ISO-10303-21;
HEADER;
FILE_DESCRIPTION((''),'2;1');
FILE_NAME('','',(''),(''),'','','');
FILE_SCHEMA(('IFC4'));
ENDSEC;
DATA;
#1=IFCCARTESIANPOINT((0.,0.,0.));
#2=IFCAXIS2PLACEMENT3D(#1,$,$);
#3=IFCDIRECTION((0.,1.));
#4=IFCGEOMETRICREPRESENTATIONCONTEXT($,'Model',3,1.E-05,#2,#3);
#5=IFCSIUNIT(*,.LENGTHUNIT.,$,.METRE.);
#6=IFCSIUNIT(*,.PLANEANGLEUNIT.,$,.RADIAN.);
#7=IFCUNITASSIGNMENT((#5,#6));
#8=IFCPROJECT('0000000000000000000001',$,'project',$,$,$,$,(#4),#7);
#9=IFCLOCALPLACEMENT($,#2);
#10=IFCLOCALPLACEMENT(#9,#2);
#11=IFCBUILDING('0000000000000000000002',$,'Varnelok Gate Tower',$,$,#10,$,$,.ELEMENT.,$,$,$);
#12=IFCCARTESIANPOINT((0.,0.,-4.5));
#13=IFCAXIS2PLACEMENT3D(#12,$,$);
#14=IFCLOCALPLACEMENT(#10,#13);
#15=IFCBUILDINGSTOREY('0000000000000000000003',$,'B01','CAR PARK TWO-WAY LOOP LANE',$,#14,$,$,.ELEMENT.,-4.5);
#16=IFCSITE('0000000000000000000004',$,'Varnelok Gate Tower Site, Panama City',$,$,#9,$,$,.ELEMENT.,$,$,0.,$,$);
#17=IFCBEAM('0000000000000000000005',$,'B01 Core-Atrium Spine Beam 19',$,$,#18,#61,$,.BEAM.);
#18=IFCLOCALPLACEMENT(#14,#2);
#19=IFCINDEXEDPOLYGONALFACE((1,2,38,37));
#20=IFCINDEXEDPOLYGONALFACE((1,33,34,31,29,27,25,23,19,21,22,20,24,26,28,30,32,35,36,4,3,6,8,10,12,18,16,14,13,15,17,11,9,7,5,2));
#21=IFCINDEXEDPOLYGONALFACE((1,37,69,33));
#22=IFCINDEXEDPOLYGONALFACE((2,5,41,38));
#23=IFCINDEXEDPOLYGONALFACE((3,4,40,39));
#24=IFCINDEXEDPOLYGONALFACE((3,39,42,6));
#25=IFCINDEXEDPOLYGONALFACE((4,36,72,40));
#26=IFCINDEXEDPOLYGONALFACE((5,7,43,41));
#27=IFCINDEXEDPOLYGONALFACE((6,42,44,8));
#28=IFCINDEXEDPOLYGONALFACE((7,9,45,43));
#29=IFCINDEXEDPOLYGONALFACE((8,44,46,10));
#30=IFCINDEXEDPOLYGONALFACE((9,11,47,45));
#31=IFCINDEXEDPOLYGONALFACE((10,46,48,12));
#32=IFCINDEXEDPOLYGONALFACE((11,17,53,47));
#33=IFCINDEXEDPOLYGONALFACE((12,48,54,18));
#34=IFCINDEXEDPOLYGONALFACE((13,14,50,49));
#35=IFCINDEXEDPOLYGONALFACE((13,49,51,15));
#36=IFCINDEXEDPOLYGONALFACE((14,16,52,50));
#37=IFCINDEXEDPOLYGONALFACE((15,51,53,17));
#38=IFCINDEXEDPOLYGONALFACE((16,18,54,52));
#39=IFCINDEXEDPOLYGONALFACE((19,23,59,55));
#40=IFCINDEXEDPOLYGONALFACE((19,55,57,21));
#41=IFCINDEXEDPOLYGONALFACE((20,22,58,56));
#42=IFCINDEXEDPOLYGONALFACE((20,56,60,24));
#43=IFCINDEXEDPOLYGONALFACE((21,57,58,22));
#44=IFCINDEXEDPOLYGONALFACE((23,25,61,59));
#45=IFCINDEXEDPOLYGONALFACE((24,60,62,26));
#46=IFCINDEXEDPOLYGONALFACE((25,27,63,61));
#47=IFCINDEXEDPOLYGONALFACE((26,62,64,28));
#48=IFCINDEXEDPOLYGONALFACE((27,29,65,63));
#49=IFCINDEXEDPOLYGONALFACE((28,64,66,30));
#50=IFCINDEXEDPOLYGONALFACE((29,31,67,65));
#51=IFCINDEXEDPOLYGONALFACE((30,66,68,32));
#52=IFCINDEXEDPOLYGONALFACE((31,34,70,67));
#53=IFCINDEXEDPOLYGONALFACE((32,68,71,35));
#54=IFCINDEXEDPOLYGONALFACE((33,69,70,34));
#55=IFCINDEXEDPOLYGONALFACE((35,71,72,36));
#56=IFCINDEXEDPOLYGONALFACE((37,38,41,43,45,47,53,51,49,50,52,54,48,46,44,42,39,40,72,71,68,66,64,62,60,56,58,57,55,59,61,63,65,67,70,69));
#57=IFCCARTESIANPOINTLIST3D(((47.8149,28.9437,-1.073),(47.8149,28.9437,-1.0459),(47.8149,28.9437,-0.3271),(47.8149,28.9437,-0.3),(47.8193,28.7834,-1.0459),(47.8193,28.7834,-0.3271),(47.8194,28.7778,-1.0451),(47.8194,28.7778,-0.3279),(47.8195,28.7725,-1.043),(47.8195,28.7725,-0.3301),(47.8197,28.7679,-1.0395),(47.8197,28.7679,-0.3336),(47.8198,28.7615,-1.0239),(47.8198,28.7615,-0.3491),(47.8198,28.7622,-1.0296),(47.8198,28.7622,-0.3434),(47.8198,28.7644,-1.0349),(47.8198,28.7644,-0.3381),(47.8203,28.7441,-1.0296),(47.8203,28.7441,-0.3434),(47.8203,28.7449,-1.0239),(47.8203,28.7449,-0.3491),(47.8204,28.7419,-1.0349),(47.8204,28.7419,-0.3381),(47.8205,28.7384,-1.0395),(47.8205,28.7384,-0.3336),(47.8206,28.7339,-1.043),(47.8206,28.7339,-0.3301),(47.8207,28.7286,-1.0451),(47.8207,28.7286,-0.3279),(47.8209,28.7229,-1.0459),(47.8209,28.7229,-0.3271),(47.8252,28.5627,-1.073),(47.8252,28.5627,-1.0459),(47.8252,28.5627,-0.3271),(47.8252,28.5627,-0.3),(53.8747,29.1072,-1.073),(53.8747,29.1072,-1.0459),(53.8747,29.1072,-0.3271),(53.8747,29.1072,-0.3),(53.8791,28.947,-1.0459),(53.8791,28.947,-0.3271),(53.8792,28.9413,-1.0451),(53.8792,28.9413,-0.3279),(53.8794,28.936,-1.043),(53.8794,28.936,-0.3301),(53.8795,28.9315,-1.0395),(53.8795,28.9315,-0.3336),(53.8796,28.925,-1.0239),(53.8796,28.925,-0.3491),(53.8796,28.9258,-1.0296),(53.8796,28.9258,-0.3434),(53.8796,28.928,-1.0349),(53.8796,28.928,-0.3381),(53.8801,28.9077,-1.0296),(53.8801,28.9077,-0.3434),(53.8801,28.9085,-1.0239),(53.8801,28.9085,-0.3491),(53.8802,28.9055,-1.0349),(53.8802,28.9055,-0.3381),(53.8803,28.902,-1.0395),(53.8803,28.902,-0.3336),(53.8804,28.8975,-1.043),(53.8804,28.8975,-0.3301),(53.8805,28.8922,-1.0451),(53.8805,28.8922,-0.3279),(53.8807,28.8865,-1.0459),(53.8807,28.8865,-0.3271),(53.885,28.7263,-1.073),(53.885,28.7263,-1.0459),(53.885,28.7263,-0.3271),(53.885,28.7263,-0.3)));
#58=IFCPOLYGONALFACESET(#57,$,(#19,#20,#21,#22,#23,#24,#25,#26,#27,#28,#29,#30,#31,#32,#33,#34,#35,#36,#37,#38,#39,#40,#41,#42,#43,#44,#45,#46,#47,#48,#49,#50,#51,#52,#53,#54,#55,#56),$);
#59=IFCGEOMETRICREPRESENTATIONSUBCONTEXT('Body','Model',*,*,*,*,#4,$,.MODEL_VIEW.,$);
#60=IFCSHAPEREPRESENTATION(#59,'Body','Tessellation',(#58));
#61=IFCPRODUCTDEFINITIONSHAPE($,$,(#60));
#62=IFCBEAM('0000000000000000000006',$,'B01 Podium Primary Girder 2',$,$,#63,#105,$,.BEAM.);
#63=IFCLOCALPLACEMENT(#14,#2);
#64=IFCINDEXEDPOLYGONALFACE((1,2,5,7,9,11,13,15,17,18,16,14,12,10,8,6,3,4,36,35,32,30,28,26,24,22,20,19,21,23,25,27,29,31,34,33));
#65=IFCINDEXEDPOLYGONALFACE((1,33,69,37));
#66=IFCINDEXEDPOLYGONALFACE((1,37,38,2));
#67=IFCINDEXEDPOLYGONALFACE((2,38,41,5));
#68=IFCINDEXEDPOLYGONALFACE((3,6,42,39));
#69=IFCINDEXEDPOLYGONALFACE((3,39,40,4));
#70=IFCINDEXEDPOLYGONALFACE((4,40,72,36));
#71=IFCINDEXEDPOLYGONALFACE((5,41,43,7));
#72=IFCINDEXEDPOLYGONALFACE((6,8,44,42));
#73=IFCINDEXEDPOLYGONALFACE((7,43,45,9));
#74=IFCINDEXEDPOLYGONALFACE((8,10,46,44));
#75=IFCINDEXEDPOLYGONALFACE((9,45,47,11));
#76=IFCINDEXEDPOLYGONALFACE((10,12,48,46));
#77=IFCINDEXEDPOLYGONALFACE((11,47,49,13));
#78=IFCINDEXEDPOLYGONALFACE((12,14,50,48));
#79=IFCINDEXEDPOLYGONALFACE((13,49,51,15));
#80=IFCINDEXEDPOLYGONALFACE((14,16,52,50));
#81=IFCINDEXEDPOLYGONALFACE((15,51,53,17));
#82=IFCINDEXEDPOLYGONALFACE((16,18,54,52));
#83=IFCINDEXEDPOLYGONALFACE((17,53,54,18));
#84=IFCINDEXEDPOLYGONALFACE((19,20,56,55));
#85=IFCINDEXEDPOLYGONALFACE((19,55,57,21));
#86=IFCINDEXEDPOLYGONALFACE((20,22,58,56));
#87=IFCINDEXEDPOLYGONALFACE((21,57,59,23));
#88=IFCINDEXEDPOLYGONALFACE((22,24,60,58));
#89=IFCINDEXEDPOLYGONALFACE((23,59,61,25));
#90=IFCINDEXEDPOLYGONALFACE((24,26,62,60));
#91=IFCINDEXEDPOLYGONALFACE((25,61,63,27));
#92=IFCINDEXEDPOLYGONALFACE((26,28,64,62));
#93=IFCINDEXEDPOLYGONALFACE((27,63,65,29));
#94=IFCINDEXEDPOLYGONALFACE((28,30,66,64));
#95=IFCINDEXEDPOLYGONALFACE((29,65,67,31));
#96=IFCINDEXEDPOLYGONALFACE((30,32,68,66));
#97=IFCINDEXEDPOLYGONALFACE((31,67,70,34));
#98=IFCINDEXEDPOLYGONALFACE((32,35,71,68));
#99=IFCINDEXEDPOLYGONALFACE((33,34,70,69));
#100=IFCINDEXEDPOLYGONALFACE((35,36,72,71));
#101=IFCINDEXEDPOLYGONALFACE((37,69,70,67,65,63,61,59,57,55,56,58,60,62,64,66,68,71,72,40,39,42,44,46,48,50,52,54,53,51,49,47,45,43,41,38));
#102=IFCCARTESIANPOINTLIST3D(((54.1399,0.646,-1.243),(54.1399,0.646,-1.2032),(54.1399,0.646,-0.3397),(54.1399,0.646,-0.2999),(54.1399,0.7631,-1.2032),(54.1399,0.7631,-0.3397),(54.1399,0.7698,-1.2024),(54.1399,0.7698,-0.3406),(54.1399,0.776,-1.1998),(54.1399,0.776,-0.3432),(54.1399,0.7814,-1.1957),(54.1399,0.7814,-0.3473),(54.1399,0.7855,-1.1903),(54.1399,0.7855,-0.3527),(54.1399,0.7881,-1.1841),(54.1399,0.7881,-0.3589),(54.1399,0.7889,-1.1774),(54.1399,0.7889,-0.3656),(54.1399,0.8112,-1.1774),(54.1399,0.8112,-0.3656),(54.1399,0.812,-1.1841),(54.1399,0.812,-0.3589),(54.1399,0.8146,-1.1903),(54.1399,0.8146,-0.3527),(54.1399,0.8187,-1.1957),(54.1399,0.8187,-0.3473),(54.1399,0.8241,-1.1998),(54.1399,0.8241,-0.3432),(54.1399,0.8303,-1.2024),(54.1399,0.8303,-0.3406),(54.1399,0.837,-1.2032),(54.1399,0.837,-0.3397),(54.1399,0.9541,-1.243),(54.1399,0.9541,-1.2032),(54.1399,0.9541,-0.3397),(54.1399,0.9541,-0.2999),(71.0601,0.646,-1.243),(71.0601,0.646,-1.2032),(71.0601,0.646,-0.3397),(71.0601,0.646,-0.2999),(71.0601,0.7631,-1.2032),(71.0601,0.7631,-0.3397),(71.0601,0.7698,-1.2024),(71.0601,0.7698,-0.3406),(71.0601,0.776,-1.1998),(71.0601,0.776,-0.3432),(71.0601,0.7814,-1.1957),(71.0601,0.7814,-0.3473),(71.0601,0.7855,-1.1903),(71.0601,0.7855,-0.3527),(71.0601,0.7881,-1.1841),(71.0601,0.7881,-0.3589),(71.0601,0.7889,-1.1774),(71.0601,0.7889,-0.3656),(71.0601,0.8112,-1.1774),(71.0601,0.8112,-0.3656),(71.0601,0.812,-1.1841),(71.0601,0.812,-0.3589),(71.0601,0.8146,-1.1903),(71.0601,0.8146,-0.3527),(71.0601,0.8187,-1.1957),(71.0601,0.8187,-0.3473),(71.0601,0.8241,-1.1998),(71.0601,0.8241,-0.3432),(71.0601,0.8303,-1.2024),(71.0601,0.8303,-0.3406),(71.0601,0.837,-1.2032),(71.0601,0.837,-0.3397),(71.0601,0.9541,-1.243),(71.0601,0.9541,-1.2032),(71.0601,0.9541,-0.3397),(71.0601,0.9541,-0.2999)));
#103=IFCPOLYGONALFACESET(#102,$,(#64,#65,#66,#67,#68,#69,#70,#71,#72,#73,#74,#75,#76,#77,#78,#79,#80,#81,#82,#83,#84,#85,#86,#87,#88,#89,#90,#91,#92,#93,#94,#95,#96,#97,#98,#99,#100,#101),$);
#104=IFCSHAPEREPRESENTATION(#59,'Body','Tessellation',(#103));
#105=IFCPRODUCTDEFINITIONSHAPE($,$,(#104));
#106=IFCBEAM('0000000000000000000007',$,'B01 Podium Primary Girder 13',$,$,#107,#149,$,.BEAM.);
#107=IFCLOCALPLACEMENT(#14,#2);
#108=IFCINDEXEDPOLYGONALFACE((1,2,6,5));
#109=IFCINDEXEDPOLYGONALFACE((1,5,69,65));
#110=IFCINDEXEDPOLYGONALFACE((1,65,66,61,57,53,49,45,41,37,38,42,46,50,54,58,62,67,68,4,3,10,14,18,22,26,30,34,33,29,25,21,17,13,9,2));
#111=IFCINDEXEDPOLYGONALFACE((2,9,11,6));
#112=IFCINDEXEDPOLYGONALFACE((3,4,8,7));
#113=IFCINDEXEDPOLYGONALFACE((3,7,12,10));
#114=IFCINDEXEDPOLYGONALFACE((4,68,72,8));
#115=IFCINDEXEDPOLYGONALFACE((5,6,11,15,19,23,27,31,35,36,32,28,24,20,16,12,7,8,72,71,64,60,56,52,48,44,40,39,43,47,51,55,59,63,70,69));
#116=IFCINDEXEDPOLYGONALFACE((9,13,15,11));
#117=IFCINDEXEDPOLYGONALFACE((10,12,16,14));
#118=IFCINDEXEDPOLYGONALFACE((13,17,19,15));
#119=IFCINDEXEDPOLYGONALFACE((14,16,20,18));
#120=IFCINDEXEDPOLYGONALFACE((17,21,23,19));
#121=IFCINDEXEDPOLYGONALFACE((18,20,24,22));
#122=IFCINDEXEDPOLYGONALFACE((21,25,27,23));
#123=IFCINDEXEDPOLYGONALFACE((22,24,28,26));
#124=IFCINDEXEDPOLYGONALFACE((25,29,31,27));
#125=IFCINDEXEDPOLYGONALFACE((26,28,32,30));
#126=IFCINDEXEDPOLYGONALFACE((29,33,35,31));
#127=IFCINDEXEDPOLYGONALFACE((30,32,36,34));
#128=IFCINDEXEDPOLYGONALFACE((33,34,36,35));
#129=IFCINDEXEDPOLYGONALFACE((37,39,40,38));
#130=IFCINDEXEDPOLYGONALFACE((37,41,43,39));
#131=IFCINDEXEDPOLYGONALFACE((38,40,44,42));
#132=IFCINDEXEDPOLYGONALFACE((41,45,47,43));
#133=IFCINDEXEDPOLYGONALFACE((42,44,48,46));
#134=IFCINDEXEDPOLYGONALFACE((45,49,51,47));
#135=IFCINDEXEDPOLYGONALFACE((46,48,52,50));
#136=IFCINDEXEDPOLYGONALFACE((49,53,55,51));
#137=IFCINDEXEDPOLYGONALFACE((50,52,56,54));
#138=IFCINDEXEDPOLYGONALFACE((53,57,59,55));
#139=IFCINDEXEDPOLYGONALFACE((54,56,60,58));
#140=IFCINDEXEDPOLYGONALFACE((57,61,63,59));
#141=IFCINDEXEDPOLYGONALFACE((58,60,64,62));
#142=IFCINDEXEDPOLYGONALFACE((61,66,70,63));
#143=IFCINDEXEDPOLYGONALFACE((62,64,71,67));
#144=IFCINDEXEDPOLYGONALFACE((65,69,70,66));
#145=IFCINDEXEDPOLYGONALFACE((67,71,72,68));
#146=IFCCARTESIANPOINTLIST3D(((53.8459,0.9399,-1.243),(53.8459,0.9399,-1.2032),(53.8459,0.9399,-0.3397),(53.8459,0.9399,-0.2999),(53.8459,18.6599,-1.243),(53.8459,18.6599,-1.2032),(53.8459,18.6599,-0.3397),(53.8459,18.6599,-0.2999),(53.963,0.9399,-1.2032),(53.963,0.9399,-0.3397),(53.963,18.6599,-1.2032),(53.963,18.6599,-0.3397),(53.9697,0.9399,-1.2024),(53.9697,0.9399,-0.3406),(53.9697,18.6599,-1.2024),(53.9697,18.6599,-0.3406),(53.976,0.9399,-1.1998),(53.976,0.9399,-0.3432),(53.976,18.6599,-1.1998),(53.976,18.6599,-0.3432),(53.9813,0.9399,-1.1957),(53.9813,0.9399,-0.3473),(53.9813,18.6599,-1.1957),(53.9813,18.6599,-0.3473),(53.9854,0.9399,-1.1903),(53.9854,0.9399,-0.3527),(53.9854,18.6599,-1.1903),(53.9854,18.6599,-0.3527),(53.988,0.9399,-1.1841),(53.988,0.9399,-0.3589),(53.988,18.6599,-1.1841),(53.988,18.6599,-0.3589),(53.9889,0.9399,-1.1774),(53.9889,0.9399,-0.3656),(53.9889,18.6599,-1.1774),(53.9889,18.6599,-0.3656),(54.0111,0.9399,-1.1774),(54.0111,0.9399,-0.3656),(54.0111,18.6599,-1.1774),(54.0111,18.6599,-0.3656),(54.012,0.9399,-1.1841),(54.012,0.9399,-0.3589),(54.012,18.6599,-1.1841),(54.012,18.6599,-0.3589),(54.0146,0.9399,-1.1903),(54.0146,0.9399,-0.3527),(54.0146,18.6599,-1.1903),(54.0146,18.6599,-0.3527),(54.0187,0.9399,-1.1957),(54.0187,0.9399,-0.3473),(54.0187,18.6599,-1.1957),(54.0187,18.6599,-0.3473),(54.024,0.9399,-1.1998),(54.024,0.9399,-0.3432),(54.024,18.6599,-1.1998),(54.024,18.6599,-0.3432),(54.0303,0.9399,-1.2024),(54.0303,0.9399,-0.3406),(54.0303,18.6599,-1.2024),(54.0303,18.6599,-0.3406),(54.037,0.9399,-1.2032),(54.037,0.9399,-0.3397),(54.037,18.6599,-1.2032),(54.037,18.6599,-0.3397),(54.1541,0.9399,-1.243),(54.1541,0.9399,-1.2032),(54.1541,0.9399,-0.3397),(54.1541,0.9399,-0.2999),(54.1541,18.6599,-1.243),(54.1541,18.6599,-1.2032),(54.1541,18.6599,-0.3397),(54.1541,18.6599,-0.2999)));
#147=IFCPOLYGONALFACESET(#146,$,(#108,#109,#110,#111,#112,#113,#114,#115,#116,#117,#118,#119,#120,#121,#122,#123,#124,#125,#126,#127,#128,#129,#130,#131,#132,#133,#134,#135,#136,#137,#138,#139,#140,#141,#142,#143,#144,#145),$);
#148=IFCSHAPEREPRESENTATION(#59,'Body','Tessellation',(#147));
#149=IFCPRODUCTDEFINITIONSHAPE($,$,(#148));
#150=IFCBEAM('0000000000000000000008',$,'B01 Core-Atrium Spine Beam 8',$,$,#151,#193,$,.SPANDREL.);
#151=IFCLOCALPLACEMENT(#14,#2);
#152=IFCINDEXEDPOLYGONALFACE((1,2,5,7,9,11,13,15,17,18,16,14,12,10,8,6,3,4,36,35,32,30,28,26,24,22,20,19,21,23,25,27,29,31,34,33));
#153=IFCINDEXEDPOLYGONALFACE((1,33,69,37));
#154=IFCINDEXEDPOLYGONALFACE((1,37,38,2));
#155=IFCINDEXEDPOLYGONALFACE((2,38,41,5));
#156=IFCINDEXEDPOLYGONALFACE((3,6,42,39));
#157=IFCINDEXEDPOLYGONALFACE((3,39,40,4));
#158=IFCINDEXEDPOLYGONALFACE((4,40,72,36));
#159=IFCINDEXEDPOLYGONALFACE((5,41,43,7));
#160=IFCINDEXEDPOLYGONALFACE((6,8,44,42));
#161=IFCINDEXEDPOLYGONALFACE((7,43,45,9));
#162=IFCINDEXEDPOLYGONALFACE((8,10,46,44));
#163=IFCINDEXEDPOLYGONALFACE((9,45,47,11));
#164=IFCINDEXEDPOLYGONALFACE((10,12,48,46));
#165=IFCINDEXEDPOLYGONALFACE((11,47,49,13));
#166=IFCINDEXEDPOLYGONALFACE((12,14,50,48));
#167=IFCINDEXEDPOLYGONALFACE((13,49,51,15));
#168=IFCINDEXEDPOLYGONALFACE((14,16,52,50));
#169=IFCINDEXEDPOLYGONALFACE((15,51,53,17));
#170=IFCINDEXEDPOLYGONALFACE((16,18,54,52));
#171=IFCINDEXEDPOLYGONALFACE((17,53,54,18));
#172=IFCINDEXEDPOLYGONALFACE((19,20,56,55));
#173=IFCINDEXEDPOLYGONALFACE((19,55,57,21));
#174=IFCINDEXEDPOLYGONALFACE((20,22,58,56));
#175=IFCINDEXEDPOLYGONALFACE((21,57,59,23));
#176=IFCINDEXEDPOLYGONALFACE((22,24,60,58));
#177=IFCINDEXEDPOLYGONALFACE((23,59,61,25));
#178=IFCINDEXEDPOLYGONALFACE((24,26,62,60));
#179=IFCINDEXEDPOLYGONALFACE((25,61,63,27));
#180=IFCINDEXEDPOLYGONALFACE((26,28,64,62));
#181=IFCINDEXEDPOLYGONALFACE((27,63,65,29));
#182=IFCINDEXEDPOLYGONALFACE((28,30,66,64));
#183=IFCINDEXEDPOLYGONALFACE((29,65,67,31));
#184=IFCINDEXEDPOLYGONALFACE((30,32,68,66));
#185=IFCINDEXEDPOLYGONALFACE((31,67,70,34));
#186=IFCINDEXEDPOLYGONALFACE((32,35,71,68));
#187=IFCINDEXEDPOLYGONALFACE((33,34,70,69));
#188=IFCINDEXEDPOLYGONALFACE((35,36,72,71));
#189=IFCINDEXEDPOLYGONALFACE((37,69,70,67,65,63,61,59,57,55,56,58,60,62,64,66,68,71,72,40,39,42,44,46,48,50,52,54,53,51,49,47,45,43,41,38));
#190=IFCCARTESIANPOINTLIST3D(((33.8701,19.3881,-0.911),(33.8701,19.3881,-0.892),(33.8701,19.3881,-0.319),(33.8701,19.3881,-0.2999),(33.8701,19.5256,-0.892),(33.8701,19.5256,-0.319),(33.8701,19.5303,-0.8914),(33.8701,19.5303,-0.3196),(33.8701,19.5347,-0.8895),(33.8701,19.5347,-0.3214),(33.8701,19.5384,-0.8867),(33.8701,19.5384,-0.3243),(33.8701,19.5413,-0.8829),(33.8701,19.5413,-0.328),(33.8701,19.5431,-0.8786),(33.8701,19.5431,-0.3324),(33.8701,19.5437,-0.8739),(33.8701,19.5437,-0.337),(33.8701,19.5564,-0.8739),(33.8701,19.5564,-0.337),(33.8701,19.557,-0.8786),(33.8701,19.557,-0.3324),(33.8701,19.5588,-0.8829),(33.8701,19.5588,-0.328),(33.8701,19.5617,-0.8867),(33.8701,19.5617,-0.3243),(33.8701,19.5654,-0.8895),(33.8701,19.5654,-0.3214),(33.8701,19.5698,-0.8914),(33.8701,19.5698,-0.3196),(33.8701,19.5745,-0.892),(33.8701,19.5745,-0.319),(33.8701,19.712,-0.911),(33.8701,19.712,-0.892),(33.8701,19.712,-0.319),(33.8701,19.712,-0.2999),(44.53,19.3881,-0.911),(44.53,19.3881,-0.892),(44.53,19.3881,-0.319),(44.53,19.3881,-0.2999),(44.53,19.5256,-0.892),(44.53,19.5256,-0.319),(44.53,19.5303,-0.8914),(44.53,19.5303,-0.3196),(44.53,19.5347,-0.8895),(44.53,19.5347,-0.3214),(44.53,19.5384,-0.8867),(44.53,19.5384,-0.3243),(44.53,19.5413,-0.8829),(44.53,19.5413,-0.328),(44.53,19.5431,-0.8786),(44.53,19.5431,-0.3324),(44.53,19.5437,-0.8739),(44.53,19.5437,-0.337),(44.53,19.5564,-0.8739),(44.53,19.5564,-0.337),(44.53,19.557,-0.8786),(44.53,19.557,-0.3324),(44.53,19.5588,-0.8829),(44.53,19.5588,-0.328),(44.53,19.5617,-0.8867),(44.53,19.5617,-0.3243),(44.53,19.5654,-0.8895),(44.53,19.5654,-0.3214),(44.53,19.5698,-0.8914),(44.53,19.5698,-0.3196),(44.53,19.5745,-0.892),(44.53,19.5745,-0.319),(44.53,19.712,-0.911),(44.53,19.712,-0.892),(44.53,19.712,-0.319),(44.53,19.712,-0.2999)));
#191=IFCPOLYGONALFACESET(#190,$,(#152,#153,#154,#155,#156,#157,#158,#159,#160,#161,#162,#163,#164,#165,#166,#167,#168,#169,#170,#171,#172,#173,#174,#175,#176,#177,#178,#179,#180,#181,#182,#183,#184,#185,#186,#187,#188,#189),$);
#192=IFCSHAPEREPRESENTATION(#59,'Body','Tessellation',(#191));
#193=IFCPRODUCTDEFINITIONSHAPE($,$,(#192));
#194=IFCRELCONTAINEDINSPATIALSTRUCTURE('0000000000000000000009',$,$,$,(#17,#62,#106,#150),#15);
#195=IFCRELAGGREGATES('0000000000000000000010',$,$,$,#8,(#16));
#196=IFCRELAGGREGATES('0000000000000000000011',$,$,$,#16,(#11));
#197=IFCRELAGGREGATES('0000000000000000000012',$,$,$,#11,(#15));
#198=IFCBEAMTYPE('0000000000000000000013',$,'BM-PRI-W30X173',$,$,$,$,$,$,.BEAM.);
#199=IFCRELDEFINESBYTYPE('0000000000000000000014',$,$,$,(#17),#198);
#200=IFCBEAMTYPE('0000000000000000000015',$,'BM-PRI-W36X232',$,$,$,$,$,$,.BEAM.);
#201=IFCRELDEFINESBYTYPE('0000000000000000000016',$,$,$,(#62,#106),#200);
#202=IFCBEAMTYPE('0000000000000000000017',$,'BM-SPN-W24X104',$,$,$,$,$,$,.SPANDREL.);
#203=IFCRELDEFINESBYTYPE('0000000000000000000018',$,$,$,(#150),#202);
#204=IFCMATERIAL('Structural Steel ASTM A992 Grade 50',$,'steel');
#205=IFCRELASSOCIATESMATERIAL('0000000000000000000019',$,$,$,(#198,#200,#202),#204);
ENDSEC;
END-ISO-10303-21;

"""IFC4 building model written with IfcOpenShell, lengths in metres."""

from ifc_helpers import new_model, si_unit, direction, frame, origin, origin_2d, place, context, subcontext, project, spatial, i_section, extrude, material, material_profile, profile_set, type_object, element, save


model = new_model("IFC4")

# Units and contexts
model_context = context("Model", 3, precision=1e-05, world=origin(), true_north=direction((0.0, 1.0)))
body_context = subcontext(model_context, "Body", "Model", "MODEL_VIEW")
ifc_project = project(units=[si_unit("LENGTHUNIT", "METRE"), si_unit("PLANEANGLEUNIT", "RADIAN")], contexts=[model_context])

# Site, building, storey
site_placement = place(None, origin())
site = spatial("IfcSite", under=ifc_project, at=site_placement, Name="Varnelok Gate Tower Site, Panama City", CompositionType="ELEMENT", RefElevation=0.0)
building_placement = place(site_placement, origin())
building = spatial("IfcBuilding", under=site, at=building_placement, Name="Varnelok Gate Tower", CompositionType="ELEMENT")
storey_placement = place(building_placement, frame((0.0, 0.0, -4.5)))
storey = spatial("IfcBuildingStorey", under=building, at=storey_placement, Name="B01", Description="CAR PARK TWO-WAY LOOP LANE", CompositionType="ELEMENT", Elevation=-4.5)

# Shared definitions
ifc_material_1 = material(Name="Structural Steel ASTM A992 Grade 50", Category="steel")

# Beams
ifc_material_profile_1 = material_profile(ifc_material_1, i_section(OverallWidth=0.3811, OverallDepth=0.7729, WebThickness=0.0166, FlangeThickness=0.0271, FilletRadius=0.022, at=origin_2d()), Name="W30X173")
ifc_profile_set_1 = profile_set([ifc_material_profile_1], Name="Structural Steel ASTM A992 Grade 50")
beam_type_1 = type_object("IfcBeamType", Name="BM-PRI-W30X173", PredefinedType="BEAM", material=ifc_profile_set_1)
beam_1_placement = place(storey_placement, frame((47.8201, 28.7532, -0.6865), z_axis=(0.999636, 0.026983, 0.0), x_axis=(-0.026983, 0.999636, 0.0)))
element("IfcBeam", 1, at=beam_1_placement, inside=storey, type_object=beam_type_1, Name="B01 Core-Atrium Spine Beam 19", PredefinedType="BEAM", context=body_context, shape_type="SweptSolid", body=[
    extrude(i_section(OverallWidth=0.3811, OverallDepth=0.7729, WebThickness=0.0166, FlangeThickness=0.0271, FilletRadius=0.022, at=origin_2d()), origin(), (0.0, 0.0, 1.0), 6.062),
])
ifc_material_profile_2 = material_profile(ifc_material_1, i_section(OverallWidth=0.3081, OverallDepth=0.9431, WebThickness=0.0222, FlangeThickness=0.0398, FilletRadius=0.0259, at=origin_2d()), Name="W36X232")
ifc_profile_set_2 = profile_set([ifc_material_profile_2], Name="Structural Steel ASTM A992 Grade 50")
beam_type_2 = type_object("IfcBeamType", Name="BM-PRI-W36X232", PredefinedType="BEAM", material=ifc_profile_set_2)
beam_2_placement = place(storey_placement, frame((54.1399, 0.8, -0.7715), z_axis=(1.0, 0.0, 0.0), x_axis=(0.0, 1.0, 0.0)))
element("IfcBeam", 2, at=beam_2_placement, inside=storey, type_object=beam_type_2, Name="B01 Podium Primary Girder 2", PredefinedType="BEAM", context=body_context, shape_type="SweptSolid", body=[
    extrude(i_section(OverallWidth=0.3081, OverallDepth=0.9431, WebThickness=0.0222, FlangeThickness=0.0398, FilletRadius=0.0259, at=origin_2d()), origin(), (0.0, 0.0, 1.0), 16.9202),
])
beam_3_placement = place(storey_placement, frame((54.0, 0.9399, -0.7715), z_axis=(0.0, 1.0, 0.0), x_axis=(-1.0, 0.0, 0.0)))
element("IfcBeam", 3, at=beam_3_placement, inside=storey, type_object=beam_type_2, Name="B01 Podium Primary Girder 13", PredefinedType="BEAM", context=body_context, shape_type="SweptSolid", body=[
    extrude(i_section(OverallWidth=0.3081, OverallDepth=0.9431, WebThickness=0.0222, FlangeThickness=0.0398, FilletRadius=0.0259, at=origin_2d()), origin(), (0.0, 0.0, 1.0), 17.72),
])
ifc_material_profile_3 = material_profile(ifc_material_1, i_section(OverallWidth=0.324, OverallDepth=0.6111, WebThickness=0.0127, FlangeThickness=0.019, FilletRadius=0.0181, at=origin_2d()), Name="W24X104")
ifc_profile_set_3 = profile_set([ifc_material_profile_3], Name="Structural Steel ASTM A992 Grade 50")
beam_type_3 = type_object("IfcBeamType", Name="BM-SPN-W24X104", PredefinedType="SPANDREL", material=ifc_profile_set_3)
for number, where, z_axis, x_axis, name in (
    (4, (33.8701, 19.55, -0.6055), (1.0, 0.0, 0.0), (0.0, 1.0, 0.0), "B01 Core-Atrium Spine Beam 8"),
):
    element("IfcBeam", number, at=place(storey_placement, frame(where, z_axis=z_axis, x_axis=x_axis)), inside=storey, type_object=beam_type_3, Name=name, PredefinedType="SPANDREL", context=body_context, shape_type="SweptSolid", body=[
        extrude(i_section(OverallWidth=0.324, OverallDepth=0.6111, WebThickness=0.0127, FlangeThickness=0.019, FilletRadius=0.0181, at=origin_2d()), origin(), (0.0, 0.0, 1.0), 10.6599),
    ])

save(model, "model.ifc")
